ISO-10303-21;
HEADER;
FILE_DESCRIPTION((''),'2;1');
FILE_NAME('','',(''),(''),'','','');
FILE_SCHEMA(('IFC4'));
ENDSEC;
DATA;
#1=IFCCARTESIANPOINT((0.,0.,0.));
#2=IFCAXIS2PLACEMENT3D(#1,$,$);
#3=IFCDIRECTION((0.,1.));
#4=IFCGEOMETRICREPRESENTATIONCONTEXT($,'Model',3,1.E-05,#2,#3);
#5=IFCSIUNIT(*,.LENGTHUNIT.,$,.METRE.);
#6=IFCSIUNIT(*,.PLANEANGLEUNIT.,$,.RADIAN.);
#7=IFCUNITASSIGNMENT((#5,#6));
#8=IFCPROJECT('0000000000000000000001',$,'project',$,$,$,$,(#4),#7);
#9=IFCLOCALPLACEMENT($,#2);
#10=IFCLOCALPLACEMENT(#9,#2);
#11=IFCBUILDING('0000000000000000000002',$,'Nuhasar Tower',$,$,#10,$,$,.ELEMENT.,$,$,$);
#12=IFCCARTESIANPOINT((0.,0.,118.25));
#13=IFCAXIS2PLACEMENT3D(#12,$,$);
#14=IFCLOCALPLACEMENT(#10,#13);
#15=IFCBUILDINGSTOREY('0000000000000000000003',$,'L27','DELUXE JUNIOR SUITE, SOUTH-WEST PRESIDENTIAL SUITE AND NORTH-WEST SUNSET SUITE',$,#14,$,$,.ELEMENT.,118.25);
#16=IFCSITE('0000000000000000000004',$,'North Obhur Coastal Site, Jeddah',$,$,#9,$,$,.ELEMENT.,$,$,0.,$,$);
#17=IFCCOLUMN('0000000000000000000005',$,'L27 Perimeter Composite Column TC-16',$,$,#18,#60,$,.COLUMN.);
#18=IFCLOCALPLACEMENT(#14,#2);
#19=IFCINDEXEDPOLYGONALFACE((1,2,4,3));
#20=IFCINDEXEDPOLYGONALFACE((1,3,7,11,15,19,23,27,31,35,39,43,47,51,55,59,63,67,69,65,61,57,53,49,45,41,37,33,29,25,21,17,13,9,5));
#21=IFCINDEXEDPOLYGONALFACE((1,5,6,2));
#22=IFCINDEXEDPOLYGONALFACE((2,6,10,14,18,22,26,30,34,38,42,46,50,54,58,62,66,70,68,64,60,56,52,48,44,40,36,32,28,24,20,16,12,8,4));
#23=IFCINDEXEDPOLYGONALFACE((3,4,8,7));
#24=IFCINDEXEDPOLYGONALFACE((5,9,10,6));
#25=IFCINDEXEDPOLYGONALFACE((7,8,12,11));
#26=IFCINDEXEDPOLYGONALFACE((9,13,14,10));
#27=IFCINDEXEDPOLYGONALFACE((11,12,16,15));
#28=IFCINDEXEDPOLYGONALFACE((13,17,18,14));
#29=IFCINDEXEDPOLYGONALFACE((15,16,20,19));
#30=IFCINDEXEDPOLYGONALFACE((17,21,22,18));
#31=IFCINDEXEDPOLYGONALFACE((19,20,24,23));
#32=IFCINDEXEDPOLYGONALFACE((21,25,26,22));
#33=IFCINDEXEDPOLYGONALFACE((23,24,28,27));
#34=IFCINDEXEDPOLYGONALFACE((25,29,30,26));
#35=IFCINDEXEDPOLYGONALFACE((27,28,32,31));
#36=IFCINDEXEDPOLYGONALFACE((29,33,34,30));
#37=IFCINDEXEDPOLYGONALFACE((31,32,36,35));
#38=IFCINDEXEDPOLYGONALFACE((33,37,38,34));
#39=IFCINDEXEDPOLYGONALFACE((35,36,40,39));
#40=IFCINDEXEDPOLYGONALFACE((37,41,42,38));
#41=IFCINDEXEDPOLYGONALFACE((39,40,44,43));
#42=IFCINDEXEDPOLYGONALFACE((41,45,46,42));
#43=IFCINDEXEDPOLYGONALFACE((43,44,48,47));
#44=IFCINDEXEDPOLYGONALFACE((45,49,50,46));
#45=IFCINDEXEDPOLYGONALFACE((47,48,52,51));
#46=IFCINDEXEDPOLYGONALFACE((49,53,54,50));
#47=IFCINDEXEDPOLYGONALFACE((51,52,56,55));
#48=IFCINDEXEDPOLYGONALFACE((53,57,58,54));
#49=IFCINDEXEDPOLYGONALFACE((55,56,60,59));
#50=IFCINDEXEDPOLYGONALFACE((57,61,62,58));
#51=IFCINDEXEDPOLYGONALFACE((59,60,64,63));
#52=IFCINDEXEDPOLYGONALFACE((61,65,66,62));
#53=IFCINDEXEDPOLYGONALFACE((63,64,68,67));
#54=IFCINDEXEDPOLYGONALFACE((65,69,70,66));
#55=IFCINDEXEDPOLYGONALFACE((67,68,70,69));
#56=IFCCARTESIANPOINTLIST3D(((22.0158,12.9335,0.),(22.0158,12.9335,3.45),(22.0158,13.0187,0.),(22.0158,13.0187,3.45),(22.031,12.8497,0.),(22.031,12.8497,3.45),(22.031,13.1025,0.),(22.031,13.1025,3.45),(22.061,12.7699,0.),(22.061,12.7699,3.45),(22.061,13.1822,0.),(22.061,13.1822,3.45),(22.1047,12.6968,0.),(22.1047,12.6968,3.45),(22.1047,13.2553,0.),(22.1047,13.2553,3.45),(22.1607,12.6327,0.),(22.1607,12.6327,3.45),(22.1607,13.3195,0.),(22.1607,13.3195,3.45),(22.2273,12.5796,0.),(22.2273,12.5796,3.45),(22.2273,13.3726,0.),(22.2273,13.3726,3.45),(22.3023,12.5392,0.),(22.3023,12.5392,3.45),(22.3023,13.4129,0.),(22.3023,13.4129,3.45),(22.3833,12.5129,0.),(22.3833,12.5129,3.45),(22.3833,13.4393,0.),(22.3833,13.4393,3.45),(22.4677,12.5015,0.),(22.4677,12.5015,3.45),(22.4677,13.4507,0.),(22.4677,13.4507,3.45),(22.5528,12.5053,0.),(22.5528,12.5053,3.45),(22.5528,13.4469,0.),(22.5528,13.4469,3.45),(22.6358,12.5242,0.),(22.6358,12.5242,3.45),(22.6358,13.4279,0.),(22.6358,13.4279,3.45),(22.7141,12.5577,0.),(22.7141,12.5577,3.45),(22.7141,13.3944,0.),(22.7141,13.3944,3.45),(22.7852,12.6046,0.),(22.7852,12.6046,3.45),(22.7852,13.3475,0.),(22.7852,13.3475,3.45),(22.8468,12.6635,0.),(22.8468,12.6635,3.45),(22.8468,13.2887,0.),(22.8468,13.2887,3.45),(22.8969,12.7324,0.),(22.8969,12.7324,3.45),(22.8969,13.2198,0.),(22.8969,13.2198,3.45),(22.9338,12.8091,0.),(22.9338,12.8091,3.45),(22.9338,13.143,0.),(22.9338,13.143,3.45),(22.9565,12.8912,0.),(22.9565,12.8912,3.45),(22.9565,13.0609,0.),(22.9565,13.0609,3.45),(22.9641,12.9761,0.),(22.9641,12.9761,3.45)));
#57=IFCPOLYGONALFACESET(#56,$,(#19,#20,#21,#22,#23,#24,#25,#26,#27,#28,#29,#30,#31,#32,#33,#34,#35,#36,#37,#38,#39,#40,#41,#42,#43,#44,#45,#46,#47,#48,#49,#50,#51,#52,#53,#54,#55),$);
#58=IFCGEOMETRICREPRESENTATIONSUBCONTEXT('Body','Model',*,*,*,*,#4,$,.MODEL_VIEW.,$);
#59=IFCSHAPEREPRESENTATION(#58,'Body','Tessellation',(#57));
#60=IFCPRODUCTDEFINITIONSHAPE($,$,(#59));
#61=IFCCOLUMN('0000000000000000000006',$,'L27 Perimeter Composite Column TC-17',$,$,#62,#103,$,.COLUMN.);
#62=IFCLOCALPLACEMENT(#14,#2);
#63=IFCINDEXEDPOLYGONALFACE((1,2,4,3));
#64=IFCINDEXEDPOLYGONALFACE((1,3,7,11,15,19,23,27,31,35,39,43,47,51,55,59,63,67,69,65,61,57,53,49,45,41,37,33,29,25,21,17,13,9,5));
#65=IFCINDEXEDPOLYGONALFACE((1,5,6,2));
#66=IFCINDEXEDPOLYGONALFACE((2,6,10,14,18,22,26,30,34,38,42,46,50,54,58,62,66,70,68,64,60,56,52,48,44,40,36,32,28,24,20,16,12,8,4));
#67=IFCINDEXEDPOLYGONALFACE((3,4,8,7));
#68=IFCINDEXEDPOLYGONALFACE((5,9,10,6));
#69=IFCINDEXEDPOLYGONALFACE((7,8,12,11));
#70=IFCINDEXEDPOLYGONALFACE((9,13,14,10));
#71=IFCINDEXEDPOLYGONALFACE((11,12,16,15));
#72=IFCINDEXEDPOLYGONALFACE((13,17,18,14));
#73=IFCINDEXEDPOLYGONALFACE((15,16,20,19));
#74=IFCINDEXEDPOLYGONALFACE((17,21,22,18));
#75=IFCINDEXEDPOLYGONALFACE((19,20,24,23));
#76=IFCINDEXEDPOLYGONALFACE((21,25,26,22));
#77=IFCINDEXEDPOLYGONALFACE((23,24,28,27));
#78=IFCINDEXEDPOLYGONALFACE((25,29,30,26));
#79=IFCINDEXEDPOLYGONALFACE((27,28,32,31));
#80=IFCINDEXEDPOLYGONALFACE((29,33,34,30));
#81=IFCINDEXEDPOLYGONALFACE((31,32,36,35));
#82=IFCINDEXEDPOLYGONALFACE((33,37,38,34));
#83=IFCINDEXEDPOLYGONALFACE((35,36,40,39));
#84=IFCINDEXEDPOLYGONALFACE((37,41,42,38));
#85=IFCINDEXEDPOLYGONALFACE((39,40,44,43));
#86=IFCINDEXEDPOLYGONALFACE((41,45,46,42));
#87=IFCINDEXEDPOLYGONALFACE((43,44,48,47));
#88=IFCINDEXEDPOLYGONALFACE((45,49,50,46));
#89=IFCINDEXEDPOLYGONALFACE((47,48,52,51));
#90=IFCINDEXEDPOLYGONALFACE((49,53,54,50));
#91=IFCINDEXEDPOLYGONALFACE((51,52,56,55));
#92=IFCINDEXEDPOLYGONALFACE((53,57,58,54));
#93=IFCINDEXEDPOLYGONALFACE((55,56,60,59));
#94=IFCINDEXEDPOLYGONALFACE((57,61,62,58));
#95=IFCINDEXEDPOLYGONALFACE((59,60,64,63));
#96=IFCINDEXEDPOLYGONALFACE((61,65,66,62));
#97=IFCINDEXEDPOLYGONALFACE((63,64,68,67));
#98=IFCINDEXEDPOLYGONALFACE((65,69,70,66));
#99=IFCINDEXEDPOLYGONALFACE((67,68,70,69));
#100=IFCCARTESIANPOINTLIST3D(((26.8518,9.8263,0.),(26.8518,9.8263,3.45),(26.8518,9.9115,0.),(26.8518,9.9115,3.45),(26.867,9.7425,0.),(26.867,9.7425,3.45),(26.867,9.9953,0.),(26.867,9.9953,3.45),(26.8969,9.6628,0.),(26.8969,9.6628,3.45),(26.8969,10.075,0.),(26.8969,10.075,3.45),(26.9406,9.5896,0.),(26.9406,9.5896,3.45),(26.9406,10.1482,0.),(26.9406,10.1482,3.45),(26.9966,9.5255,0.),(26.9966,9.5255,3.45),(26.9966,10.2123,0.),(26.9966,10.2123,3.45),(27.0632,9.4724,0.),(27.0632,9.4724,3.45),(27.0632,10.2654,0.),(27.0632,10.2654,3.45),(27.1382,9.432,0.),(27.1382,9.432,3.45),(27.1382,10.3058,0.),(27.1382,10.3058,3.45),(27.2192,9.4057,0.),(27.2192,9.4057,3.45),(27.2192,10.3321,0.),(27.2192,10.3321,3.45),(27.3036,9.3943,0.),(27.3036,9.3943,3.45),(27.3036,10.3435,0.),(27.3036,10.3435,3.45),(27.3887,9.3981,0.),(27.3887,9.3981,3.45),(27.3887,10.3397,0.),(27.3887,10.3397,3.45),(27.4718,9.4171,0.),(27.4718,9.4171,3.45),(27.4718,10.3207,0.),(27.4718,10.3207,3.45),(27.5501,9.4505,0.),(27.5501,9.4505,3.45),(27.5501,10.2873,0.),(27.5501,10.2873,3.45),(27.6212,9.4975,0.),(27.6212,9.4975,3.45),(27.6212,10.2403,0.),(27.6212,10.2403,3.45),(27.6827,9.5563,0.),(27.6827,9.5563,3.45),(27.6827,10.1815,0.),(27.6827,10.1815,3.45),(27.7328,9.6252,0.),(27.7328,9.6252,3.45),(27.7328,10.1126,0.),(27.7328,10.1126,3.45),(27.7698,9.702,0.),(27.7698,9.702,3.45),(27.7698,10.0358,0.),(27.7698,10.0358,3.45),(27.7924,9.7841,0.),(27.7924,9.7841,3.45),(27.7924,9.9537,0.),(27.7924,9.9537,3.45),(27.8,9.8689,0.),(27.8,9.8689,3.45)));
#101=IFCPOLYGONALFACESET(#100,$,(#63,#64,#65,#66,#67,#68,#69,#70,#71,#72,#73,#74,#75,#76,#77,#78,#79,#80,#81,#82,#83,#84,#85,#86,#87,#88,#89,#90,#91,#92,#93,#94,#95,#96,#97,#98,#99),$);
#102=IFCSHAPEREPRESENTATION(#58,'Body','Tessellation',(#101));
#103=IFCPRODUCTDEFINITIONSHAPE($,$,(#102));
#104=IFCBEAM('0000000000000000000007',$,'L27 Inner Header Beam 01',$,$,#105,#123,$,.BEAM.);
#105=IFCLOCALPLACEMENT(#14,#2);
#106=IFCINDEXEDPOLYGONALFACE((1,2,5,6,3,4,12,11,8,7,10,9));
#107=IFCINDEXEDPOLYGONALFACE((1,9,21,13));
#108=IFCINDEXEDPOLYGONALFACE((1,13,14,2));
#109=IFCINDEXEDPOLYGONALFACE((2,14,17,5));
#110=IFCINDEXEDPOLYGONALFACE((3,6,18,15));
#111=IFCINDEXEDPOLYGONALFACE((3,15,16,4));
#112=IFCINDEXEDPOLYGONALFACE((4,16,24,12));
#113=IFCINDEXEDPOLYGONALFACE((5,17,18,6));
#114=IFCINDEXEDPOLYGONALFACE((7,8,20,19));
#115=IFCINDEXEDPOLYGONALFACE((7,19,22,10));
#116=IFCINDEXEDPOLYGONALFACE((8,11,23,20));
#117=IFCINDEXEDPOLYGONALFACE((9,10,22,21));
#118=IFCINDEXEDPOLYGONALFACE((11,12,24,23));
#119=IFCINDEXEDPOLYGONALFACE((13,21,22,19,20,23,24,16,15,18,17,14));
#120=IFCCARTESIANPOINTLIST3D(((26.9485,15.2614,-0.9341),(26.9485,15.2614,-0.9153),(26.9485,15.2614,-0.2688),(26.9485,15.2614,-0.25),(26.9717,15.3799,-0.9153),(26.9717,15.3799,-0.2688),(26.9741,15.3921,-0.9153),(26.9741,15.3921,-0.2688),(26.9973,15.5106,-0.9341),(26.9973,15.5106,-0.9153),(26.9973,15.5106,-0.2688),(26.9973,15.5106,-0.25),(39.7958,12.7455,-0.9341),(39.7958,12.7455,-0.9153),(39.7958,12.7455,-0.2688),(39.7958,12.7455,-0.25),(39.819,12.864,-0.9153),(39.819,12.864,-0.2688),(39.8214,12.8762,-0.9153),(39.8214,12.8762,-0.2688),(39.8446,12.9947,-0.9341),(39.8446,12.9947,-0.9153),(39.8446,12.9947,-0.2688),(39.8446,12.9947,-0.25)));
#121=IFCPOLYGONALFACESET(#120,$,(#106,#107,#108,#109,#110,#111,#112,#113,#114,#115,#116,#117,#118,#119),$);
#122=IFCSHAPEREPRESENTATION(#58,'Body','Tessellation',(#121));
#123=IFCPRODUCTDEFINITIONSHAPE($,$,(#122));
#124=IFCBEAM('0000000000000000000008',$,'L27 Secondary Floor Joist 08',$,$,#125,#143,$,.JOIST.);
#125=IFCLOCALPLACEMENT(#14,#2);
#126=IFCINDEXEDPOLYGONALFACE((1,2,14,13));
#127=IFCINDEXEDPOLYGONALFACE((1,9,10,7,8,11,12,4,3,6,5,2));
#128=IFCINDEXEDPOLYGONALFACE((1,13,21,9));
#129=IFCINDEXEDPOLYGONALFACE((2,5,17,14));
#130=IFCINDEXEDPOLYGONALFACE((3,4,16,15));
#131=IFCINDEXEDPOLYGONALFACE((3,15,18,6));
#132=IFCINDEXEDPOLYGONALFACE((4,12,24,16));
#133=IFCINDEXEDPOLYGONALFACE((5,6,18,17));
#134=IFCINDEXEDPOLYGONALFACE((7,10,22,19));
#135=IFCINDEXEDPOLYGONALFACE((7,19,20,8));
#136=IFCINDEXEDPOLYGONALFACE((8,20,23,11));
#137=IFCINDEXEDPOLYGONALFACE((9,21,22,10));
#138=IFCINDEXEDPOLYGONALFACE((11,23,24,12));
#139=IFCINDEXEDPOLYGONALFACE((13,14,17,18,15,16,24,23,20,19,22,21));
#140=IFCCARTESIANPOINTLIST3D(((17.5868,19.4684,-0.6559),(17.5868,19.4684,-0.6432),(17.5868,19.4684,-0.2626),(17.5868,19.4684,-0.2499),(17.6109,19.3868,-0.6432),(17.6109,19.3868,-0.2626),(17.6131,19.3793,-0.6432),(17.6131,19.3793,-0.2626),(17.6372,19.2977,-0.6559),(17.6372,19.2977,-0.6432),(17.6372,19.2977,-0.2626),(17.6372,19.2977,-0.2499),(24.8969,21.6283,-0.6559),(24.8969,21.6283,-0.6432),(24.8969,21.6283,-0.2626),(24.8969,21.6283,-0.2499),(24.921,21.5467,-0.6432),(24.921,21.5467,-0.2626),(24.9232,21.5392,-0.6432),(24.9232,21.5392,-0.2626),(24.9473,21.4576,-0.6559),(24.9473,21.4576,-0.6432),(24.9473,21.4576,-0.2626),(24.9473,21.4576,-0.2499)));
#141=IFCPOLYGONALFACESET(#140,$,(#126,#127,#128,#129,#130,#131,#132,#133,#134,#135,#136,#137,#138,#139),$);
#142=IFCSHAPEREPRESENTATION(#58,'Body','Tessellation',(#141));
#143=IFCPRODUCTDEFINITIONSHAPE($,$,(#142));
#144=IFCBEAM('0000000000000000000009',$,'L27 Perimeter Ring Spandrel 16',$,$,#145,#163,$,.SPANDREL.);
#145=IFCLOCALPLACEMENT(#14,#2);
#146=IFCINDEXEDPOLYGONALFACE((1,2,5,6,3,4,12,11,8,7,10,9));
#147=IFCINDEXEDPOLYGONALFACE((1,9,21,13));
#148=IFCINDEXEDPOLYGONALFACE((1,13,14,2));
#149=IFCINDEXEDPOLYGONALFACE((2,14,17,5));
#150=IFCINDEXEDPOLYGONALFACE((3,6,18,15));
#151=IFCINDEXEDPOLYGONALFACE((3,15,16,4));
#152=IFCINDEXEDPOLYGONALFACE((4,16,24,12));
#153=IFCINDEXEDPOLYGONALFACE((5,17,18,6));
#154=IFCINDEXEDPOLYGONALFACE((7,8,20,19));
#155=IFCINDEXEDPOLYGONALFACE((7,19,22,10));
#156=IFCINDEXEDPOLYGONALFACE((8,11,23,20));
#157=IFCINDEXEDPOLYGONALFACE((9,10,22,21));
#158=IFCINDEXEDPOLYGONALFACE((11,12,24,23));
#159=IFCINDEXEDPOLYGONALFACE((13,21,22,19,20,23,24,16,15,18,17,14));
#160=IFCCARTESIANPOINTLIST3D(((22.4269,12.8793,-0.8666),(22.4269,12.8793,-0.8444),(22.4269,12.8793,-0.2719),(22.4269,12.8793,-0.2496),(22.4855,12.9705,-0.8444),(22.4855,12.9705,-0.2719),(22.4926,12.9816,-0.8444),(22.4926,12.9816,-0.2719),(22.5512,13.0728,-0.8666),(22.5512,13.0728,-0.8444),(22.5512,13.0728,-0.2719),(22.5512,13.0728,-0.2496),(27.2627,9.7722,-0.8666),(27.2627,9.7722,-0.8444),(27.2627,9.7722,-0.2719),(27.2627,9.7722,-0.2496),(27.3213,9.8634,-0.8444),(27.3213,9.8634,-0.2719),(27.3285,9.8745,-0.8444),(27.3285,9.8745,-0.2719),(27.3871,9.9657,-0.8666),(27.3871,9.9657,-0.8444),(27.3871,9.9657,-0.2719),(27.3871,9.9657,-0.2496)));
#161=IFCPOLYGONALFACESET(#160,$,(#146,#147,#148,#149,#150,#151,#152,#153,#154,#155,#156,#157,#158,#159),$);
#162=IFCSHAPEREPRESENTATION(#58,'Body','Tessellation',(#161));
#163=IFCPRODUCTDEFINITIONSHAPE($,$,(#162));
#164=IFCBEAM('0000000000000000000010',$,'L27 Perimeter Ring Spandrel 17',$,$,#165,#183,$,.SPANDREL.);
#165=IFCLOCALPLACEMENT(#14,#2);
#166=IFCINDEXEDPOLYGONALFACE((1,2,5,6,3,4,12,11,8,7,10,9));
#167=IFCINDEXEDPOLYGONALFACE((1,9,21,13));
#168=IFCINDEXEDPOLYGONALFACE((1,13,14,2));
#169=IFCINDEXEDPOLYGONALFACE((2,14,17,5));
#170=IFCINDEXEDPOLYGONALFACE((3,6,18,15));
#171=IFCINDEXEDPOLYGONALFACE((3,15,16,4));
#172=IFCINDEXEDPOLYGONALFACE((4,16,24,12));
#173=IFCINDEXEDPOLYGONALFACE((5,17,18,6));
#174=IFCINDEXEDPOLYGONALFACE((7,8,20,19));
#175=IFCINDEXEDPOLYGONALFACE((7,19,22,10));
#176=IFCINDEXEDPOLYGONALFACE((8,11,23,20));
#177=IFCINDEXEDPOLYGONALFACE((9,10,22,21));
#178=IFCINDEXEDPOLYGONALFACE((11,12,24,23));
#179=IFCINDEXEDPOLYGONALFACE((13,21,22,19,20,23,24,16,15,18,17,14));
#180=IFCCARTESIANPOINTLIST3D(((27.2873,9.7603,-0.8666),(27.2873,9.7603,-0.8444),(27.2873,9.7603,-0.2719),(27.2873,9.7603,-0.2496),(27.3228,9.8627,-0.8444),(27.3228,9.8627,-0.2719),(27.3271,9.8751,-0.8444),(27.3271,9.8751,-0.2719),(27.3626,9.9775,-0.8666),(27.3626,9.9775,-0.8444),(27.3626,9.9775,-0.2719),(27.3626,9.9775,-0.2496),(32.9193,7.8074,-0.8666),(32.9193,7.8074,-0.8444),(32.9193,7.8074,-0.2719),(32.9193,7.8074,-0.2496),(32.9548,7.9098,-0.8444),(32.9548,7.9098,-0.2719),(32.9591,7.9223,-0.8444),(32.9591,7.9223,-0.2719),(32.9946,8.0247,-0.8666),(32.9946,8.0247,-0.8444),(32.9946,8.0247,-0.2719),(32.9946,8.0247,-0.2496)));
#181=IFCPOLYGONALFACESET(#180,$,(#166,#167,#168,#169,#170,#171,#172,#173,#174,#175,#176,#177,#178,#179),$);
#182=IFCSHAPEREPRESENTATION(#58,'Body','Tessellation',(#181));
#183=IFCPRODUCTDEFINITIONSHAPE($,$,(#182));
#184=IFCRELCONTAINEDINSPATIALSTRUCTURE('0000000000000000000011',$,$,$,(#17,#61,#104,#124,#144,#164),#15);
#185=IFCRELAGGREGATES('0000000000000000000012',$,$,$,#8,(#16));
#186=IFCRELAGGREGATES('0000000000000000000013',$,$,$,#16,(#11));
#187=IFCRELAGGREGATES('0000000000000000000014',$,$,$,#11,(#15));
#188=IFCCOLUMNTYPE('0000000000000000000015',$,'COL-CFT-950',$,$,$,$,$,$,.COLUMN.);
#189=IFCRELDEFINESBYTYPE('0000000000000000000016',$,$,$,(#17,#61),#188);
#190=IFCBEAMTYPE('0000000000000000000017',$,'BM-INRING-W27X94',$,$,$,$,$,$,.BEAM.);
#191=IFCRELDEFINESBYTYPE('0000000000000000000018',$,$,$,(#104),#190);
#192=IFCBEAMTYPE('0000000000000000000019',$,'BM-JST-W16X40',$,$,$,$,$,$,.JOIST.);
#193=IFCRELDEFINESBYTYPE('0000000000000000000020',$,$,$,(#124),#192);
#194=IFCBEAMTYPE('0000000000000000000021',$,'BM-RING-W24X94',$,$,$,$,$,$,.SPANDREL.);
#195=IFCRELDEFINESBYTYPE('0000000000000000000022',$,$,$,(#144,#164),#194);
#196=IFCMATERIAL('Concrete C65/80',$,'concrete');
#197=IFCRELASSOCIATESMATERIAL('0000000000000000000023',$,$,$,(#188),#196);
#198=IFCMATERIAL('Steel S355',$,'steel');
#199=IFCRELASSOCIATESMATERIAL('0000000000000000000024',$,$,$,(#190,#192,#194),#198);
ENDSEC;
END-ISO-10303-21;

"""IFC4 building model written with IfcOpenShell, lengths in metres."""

from ifc_helpers import new_model, si_unit, direction, frame, origin, origin_2d, place, context, subcontext, project, spatial, circle, i_section, extrude, material, material_profile, profile_set, type_object, element, save


model = new_model("IFC4")

# Units and contexts
model_context = context("Model", 3, precision=1e-05, world=origin(), true_north=direction((0.0, 1.0)))
body_context = subcontext(model_context, "Body", "Model", "MODEL_VIEW")
ifc_project = project(units=[si_unit("LENGTHUNIT", "METRE"), si_unit("PLANEANGLEUNIT", "RADIAN")], contexts=[model_context])

# Site, building, storey
site_placement = place(None, origin())
site = spatial("IfcSite", under=ifc_project, at=site_placement, Name="North Obhur Coastal Site, Jeddah", CompositionType="ELEMENT", RefElevation=0.0)
building_placement = place(site_placement, origin())
building = spatial("IfcBuilding", under=site, at=building_placement, Name="Nuhasar Tower", CompositionType="ELEMENT")
storey_placement = place(building_placement, frame((0.0, 0.0, 118.25)))
storey = spatial("IfcBuildingStorey", under=building, at=storey_placement, Name="L27", Description="DELUXE JUNIOR SUITE, SOUTH-WEST PRESIDENTIAL SUITE AND NORTH-WEST SUNSET SUITE", CompositionType="ELEMENT", Elevation=118.25)

# Columns
ifc_material_1 = material(Name="Concrete C65/80", Category="concrete")
ifc_material_profile_1 = material_profile(ifc_material_1, circle(Radius=0.4751, at=origin_2d()), Name="CFT950")
ifc_profile_set_1 = profile_set([ifc_material_profile_1], Name="Concrete C65/80")
column_type = type_object("IfcColumnType", Name="COL-CFT-950", PredefinedType="COLUMN", material=ifc_profile_set_1)
for number, where, z_axis, x_axis, name in (
    (1, (22.489, 12.9761, 0.0), (0.0, 0.0, 1.0), (1.0, 0.0, 0.0), "L27 Perimeter Composite Column TC-16"),
    (2, (27.325, 9.8689, 0.0), (0.0, 0.0, 1.0), (1.0, 0.0, 0.0), "L27 Perimeter Composite Column TC-17"),
):
    element("IfcColumn", number, at=place(storey_placement, frame(where, z_axis=z_axis, x_axis=x_axis)), inside=storey, type_object=column_type, Name=name, PredefinedType="COLUMN", context=body_context, shape_type="SweptSolid", body=[
        extrude(circle(Radius=0.4751, at=origin_2d()), origin(), (0.0, 0.0, 1.0), 3.45),
    ])

# Beams
ifc_material_2 = material(Name="Steel S355", Category="steel")
ifc_material_profile_2 = material_profile(ifc_material_2, i_section(OverallWidth=0.2539, OverallDepth=0.6841, WebThickness=0.0125, FlangeThickness=0.0188, at=origin_2d()), Name="W27X94")
ifc_profile_set_2 = profile_set([ifc_material_profile_2], Name="Steel S355")
beam_type_1 = type_object("IfcBeamType", Name="BM-INRING-W27X94", PredefinedType="BEAM", material=ifc_profile_set_2)
beam_1_placement = place(storey_placement, frame((26.9729, 15.386, -0.592), z_axis=(0.98136, -0.19218, 0.0), x_axis=(0.19218, 0.98136, 0.0)))
element("IfcBeam", 3, at=beam_1_placement, inside=storey, type_object=beam_type_1, Name="L27 Inner Header Beam 01", PredefinedType="BEAM", context=body_context, shape_type="SweptSolid", body=[
    extrude(i_section(OverallWidth=0.2539, OverallDepth=0.6841, WebThickness=0.0125, FlangeThickness=0.0188, at=origin_2d()), origin(), (0.0, 0.0, 1.0), 13.0913),
])
ifc_material_profile_3 = material_profile(ifc_material_2, i_section(OverallWidth=0.178, OverallDepth=0.406, WebThickness=0.0078, FlangeThickness=0.0127, at=origin_2d()), Name="W16X40")
ifc_profile_set_3 = profile_set([ifc_material_profile_3], Name="Steel S355")
beam_type_2 = type_object("IfcBeamType", Name="BM-JST-W16X40", PredefinedType="JOIST", material=ifc_profile_set_3)
beam_2_placement = place(storey_placement, frame((24.9221, 21.543, -0.4529), z_axis=(-0.959013, -0.283361, 0.0), x_axis=(0.283361, -0.959013, 0.0)))
element("IfcBeam", 4, at=beam_2_placement, inside=storey, type_object=beam_type_2, Name="L27 Secondary Floor Joist 08", PredefinedType="JOIST", context=body_context, shape_type="SweptSolid", body=[
    extrude(i_section(OverallWidth=0.178, OverallDepth=0.406, WebThickness=0.0078, FlangeThickness=0.0127, at=origin_2d()), origin(), (0.0, 0.0, 1.0), 7.6226),
])
ifc_material_profile_4 = material_profile(ifc_material_2, i_section(OverallWidth=0.23, OverallDepth=0.6169, WebThickness=0.0132, FlangeThickness=0.0222, at=origin_2d()), Name="W24X94")
ifc_profile_set_4 = profile_set([ifc_material_profile_4], Name="Steel S355")
beam_type_3 = type_object("IfcBeamType", Name="BM-RING-W24X94", PredefinedType="SPANDREL", material=ifc_profile_set_4)
beam_3_placement = place(storey_placement, frame((22.489, 12.9761, -0.5581), z_axis=(0.841308, -0.540556, 0.0), x_axis=(0.540556, 0.841308, 0.0)))
element("IfcBeam", 5, at=beam_3_placement, inside=storey, type_object=beam_type_3, Name="L27 Perimeter Ring Spandrel 16", PredefinedType="SPANDREL", context=body_context, shape_type="SweptSolid", body=[
    extrude(i_section(OverallWidth=0.23, OverallDepth=0.6169, WebThickness=0.0132, FlangeThickness=0.0222, at=origin_2d()), origin(), (0.0, 0.0, 1.0), 5.748),
])
beam_4_placement = place(storey_placement, frame((27.325, 9.8689, -0.5581), z_axis=(0.944814, -0.327607, 0.0), x_axis=(0.327607, 0.944814, 0.0)))
element("IfcBeam", 6, at=beam_4_placement, inside=storey, type_object=beam_type_3, Name="L27 Perimeter Ring Spandrel 17", PredefinedType="SPANDREL", context=body_context, shape_type="SweptSolid", body=[
    extrude(i_section(OverallWidth=0.23, OverallDepth=0.6169, WebThickness=0.0132, FlangeThickness=0.0222, at=origin_2d()), origin(), (0.0, 0.0, 1.0), 5.9609),
])

save(model, "model.ifc")
